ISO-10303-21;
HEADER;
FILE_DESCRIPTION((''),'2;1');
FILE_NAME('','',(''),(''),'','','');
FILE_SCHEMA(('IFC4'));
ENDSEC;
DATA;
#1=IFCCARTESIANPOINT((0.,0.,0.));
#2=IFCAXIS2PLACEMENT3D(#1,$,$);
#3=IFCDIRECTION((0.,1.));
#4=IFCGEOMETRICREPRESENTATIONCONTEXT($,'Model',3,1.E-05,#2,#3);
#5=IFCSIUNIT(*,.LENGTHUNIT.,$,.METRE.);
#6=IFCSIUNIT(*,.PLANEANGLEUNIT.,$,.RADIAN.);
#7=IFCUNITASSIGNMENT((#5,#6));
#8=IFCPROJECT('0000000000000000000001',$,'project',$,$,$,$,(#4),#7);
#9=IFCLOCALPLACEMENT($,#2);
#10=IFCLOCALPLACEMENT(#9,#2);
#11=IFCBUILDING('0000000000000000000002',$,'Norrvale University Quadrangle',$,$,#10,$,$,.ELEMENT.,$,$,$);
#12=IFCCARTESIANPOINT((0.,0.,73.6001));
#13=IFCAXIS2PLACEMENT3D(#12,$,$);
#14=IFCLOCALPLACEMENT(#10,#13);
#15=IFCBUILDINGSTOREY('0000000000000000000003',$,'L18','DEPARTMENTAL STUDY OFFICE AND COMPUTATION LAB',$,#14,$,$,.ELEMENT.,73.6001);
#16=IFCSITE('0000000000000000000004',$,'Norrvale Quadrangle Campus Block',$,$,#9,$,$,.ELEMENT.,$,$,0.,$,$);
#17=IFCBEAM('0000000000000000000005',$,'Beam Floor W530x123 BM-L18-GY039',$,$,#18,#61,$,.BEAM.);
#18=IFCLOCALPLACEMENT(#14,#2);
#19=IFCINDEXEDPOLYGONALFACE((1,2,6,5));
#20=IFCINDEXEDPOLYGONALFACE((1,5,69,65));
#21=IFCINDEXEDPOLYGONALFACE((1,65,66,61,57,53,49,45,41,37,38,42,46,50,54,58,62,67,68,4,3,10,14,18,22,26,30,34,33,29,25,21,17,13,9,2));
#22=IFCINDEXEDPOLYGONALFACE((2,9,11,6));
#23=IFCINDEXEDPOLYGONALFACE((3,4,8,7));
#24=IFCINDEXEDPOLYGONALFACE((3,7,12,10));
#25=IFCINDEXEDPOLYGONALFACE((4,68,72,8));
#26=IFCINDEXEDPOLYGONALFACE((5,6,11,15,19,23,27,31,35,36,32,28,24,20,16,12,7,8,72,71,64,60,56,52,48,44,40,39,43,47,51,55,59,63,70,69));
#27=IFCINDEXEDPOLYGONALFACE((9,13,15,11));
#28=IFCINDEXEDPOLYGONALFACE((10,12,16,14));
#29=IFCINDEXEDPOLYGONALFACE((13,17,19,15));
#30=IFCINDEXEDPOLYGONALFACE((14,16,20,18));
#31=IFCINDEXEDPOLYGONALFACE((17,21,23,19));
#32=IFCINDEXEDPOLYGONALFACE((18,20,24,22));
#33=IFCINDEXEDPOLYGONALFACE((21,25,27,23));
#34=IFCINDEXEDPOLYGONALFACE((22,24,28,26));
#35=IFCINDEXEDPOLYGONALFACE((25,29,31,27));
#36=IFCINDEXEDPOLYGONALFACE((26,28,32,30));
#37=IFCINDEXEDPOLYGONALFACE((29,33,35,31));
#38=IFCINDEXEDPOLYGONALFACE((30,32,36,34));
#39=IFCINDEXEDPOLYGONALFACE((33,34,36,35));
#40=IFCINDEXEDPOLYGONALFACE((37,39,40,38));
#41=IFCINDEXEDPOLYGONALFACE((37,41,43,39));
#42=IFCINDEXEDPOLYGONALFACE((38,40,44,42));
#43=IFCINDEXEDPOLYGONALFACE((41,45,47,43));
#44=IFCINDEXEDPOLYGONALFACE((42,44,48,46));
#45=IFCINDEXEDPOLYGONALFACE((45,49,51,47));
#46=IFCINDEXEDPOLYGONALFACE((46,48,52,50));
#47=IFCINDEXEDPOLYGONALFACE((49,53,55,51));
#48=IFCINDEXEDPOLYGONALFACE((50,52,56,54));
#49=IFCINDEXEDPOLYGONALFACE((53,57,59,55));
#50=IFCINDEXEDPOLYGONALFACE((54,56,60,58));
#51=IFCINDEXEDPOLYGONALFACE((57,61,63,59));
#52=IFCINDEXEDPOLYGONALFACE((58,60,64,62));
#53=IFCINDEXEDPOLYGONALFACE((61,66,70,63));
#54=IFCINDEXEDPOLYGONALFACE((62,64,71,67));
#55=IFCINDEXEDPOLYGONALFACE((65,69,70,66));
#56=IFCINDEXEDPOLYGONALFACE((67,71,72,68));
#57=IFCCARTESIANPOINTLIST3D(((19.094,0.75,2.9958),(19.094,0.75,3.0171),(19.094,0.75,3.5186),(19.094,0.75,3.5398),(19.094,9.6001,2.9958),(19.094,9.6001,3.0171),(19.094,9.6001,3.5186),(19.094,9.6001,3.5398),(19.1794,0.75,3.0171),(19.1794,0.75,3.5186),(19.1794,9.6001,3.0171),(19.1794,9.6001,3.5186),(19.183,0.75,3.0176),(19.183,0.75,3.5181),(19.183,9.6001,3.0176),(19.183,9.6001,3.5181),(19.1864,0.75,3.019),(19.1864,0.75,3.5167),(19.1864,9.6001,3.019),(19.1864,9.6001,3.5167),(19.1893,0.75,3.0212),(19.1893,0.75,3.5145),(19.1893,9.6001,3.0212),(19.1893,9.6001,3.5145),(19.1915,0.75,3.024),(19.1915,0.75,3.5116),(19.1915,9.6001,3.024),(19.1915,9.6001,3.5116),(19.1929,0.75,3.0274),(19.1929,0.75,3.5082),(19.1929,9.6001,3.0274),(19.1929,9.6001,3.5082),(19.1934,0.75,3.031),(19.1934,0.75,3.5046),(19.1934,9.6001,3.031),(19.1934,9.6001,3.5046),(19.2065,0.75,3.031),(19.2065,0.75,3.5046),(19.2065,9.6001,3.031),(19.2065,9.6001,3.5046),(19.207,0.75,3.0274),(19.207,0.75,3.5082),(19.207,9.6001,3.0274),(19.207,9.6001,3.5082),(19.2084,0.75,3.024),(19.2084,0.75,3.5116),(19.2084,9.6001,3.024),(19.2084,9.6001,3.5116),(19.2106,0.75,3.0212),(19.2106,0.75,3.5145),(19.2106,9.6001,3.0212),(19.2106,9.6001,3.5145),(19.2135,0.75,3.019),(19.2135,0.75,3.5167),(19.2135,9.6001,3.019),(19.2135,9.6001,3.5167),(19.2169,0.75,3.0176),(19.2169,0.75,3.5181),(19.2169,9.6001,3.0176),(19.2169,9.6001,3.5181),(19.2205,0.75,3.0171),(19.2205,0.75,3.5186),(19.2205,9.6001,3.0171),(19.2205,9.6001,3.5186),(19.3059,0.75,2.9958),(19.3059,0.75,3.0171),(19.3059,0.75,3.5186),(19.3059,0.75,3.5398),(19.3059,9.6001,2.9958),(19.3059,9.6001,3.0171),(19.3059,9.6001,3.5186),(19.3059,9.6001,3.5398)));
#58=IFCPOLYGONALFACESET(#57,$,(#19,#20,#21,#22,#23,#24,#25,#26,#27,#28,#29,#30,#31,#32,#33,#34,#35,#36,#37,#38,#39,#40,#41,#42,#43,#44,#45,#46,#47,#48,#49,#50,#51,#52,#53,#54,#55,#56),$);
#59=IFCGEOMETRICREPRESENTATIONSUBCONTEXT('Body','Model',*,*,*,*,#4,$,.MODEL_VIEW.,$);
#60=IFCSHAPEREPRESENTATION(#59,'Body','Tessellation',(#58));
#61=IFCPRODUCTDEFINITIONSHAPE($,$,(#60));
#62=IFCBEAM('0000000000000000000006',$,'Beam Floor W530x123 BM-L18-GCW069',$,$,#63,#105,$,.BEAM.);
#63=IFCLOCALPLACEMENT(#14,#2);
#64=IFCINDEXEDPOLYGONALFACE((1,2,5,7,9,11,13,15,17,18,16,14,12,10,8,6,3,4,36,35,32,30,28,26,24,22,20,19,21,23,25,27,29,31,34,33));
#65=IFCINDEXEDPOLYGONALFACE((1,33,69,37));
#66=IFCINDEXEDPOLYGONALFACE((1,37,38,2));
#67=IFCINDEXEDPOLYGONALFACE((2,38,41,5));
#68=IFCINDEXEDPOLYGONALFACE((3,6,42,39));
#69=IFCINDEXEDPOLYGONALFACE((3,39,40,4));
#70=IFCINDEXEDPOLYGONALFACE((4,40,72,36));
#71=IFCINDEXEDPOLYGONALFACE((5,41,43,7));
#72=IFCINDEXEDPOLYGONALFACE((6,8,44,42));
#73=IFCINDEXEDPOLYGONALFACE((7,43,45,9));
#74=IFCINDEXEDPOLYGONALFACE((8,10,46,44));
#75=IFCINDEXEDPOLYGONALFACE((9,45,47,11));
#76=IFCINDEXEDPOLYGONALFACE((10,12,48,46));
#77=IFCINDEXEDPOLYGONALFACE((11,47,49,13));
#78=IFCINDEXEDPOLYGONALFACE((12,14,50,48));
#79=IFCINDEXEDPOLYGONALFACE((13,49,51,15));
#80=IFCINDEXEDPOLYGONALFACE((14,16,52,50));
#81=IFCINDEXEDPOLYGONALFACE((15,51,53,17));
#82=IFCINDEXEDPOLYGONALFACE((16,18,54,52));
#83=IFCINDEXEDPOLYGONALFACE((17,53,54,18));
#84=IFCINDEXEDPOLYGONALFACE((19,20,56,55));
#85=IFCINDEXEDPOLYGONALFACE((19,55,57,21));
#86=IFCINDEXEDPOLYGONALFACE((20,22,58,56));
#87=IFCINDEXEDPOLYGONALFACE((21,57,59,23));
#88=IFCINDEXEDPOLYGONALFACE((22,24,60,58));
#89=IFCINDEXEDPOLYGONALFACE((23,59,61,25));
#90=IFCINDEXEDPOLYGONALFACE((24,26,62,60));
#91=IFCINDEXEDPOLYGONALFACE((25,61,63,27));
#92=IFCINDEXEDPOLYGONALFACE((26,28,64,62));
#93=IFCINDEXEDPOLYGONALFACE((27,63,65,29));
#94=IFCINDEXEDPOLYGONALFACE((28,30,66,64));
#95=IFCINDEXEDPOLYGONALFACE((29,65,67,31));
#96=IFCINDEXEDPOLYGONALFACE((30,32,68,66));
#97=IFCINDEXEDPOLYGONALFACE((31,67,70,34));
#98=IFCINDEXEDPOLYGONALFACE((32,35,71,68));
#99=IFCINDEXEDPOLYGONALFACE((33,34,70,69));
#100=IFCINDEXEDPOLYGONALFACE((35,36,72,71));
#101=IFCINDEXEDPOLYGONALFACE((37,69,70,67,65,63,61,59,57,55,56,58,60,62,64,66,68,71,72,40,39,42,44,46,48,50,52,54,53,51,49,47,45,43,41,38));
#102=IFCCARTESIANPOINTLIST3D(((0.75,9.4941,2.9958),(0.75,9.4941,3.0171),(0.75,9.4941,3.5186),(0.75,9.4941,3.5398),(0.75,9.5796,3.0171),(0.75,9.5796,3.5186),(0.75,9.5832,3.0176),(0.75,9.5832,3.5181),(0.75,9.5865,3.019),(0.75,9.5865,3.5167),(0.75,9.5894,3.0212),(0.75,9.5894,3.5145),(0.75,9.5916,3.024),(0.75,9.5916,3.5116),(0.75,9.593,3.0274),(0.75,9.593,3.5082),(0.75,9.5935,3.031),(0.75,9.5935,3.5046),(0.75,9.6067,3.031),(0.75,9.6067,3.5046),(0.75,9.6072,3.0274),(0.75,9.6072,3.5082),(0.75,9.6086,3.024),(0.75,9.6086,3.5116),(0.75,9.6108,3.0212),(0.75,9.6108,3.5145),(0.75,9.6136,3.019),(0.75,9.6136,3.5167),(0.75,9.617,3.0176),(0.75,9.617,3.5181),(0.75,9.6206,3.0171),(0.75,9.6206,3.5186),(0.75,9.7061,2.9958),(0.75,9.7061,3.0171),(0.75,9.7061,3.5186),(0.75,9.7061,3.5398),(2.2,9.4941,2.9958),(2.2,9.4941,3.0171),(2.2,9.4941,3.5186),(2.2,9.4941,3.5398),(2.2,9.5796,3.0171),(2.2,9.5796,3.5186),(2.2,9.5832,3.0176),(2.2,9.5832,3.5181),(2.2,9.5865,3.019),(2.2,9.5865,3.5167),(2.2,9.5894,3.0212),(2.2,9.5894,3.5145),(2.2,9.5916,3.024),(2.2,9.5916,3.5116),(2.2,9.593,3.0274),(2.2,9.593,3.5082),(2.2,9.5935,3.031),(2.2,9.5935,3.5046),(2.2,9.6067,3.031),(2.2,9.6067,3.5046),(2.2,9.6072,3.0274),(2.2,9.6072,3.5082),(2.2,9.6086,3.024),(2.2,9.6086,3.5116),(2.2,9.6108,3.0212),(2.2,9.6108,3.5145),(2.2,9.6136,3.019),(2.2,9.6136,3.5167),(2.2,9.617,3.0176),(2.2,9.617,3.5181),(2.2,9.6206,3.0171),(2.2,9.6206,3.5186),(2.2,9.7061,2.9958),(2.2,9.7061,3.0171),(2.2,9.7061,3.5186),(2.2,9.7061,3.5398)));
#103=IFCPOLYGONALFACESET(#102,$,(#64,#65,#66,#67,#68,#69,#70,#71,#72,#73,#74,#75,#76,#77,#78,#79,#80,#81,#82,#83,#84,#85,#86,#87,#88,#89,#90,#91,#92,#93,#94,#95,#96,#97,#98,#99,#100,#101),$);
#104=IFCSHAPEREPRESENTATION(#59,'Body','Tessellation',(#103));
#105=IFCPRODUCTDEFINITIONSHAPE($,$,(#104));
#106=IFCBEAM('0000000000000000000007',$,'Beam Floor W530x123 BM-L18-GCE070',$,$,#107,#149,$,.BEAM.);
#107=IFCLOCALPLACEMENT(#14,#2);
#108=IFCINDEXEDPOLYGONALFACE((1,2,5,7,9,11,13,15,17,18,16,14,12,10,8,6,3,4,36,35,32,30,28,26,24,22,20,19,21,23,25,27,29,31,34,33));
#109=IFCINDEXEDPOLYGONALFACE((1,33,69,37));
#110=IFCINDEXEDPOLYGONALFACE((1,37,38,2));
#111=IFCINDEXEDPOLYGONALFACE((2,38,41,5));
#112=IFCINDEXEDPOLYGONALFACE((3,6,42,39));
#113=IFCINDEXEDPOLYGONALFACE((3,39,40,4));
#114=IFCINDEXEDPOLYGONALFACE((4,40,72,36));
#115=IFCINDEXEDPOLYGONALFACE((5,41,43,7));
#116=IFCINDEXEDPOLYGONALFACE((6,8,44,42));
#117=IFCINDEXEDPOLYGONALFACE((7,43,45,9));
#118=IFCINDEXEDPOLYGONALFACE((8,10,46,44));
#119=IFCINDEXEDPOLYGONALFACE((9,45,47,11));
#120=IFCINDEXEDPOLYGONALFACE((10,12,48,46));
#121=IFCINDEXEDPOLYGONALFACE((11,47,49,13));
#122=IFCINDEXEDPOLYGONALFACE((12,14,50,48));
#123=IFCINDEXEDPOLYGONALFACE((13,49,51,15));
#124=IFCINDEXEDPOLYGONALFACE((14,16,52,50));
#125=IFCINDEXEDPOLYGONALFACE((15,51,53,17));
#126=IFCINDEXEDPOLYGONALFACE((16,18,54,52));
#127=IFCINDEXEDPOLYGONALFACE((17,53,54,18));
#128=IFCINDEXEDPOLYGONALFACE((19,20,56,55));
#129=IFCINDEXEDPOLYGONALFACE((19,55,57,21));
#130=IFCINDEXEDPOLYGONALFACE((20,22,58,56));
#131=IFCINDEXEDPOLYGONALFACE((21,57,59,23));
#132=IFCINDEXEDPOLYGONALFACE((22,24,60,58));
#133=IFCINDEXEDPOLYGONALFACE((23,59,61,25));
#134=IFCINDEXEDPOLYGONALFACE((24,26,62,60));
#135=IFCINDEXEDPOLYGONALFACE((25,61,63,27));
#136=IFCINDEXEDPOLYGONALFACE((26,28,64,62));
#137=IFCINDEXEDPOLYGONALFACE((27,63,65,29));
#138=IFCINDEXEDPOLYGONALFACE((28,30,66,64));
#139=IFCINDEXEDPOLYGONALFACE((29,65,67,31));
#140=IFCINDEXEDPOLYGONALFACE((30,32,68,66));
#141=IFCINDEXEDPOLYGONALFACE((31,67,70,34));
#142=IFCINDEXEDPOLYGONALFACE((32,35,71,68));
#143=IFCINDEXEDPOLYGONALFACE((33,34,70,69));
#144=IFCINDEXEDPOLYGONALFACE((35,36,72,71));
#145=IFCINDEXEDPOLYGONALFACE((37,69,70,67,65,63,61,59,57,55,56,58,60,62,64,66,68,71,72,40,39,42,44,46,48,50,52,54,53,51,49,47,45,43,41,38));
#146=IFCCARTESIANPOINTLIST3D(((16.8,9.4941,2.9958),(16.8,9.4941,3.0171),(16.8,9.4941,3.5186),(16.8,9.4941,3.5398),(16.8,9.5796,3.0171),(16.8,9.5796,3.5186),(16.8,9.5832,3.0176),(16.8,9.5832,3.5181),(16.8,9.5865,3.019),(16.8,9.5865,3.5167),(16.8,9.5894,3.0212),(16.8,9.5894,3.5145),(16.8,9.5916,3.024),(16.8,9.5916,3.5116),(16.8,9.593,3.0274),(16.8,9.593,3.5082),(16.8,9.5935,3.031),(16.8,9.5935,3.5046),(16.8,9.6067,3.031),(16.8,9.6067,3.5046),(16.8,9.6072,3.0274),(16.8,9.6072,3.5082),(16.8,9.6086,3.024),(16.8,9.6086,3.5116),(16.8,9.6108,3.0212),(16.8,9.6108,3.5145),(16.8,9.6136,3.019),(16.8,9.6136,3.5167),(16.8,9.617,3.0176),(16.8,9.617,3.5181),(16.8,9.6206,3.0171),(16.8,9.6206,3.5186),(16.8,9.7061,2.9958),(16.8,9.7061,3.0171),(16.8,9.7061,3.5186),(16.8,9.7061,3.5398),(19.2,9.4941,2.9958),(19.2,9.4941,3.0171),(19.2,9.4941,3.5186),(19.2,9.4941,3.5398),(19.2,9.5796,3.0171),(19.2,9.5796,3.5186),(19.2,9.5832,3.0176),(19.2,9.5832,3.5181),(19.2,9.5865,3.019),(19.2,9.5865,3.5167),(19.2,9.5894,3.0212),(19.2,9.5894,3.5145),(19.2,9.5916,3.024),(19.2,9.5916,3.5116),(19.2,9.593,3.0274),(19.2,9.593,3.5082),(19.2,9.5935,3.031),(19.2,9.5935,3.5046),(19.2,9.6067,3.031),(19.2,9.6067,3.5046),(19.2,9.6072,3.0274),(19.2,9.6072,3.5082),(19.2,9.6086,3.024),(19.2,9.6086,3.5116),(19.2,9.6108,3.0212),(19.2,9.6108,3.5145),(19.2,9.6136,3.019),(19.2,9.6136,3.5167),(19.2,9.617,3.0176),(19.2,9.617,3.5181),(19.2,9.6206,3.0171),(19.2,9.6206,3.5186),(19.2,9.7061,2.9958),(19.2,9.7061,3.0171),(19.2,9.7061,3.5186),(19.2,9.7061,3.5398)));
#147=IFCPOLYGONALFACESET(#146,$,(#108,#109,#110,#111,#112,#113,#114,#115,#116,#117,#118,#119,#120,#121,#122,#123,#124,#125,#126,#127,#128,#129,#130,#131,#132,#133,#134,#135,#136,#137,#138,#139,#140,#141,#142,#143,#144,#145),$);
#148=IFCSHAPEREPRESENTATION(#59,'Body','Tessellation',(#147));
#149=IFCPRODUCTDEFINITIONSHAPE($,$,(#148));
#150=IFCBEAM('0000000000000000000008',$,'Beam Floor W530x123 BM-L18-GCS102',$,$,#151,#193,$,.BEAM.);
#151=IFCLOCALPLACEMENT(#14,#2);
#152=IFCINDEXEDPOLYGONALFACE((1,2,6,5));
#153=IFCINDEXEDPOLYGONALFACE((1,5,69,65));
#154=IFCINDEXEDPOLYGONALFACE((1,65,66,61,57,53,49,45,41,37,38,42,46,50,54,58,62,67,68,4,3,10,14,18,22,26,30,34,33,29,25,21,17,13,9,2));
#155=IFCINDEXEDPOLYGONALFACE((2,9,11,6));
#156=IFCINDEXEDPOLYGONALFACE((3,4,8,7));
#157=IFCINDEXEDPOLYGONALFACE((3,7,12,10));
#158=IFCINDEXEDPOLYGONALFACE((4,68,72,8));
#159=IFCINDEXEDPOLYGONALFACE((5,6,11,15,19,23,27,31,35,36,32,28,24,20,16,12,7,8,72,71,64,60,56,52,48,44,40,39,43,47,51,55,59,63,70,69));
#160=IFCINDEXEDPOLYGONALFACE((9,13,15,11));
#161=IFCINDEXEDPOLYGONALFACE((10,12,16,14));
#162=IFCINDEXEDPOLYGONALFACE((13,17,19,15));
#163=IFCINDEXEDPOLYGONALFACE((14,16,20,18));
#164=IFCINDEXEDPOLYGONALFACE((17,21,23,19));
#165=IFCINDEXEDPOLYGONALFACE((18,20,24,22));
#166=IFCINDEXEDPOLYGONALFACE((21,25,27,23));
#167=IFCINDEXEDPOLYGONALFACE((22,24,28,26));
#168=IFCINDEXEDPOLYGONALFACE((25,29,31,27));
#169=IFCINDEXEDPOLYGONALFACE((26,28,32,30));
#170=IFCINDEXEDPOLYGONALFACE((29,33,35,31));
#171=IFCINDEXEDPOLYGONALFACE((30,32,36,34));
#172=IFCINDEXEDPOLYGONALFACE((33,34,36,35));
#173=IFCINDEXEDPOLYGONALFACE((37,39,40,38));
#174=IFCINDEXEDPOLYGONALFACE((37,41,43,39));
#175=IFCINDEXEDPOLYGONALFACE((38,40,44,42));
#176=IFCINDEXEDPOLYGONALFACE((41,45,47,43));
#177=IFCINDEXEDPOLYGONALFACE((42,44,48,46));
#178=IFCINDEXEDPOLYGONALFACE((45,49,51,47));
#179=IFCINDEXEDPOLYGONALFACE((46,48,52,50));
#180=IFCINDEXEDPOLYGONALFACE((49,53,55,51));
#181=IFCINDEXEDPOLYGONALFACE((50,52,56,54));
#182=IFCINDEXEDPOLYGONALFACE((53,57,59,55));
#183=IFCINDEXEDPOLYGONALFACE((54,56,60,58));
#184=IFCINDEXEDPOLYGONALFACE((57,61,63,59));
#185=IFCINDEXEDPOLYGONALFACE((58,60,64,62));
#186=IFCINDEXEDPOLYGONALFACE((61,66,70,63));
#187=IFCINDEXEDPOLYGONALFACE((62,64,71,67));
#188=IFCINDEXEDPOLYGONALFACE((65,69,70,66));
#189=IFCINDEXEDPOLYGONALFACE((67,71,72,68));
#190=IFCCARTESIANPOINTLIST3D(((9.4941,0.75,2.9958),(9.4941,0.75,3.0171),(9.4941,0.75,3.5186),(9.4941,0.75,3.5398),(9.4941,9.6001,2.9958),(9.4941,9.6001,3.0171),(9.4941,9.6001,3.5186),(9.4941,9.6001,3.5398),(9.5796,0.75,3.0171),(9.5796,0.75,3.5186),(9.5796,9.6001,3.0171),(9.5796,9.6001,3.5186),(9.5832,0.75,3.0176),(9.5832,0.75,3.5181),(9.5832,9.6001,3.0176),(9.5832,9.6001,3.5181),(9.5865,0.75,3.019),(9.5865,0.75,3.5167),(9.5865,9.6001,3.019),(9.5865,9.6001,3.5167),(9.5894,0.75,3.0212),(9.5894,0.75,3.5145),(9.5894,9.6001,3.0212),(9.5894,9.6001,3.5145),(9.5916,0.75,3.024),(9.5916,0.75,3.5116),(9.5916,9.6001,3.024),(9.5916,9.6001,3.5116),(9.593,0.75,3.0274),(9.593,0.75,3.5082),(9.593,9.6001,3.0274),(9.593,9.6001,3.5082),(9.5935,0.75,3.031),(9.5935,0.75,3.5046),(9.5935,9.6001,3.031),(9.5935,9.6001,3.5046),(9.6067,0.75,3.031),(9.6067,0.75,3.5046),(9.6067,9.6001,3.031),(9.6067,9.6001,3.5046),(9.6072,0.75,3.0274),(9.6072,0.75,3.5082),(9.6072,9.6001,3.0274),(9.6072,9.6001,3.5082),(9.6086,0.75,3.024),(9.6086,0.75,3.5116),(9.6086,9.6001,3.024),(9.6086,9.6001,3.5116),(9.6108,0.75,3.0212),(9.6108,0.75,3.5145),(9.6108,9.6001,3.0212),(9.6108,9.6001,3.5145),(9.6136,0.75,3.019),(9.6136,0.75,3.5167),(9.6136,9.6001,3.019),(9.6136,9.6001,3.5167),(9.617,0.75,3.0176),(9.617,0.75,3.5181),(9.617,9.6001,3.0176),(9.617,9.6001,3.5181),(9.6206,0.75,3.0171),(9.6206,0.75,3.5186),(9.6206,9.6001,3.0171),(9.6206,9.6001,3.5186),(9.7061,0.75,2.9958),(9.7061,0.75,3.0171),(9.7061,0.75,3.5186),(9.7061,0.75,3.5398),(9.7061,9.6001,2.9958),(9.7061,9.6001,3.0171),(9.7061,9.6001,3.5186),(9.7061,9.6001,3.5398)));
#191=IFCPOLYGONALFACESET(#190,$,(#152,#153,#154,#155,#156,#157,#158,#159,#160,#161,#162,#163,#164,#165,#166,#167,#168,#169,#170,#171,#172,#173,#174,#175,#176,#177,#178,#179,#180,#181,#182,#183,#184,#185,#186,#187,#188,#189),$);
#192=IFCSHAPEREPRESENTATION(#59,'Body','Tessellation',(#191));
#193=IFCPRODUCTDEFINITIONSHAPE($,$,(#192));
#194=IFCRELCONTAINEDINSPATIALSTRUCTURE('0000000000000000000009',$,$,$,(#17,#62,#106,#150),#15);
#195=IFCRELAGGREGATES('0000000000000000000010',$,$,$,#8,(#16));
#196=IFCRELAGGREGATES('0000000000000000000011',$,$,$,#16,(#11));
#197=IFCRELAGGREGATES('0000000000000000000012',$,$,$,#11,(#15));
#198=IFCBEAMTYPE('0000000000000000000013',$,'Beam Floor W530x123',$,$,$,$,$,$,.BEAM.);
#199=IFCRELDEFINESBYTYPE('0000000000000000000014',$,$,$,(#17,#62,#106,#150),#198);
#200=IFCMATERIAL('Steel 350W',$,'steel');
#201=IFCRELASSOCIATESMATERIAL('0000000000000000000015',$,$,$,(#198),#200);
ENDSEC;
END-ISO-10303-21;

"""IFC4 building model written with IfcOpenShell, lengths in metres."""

from ifc_helpers import new_model, si_unit, direction, frame, origin, origin_2d, place, context, subcontext, project, spatial, i_section, extrude, material, material_profile, profile_set, type_object, element, save


model = new_model("IFC4")

# Units and contexts
model_context = context("Model", 3, precision=1e-05, world=origin(), true_north=direction((0.0, 1.0)))
body_context = subcontext(model_context, "Body", "Model", "MODEL_VIEW")
ifc_project = project(units=[si_unit("LENGTHUNIT", "METRE"), si_unit("PLANEANGLEUNIT", "RADIAN")], contexts=[model_context])

# Site, building, storey
site_placement = place(None, origin())
site = spatial("IfcSite", under=ifc_project, at=site_placement, Name="Norrvale Quadrangle Campus Block", CompositionType="ELEMENT", RefElevation=0.0)
building_placement = place(site_placement, origin())
building = spatial("IfcBuilding", under=site, at=building_placement, Name="Norrvale University Quadrangle", CompositionType="ELEMENT")
storey_placement = place(building_placement, frame((0.0, 0.0, 73.6001)))
storey = spatial("IfcBuildingStorey", under=building, at=storey_placement, Name="L18", Description="DEPARTMENTAL STUDY OFFICE AND COMPUTATION LAB", CompositionType="ELEMENT", Elevation=73.6001)

# Beams
ifc_material_1 = material(Name="Steel 350W", Category="steel")
ifc_material_profile_1 = material_profile(ifc_material_1, i_section(OverallWidth=0.2119, OverallDepth=0.5439, WebThickness=0.0132, FlangeThickness=0.0212, FilletRadius=0.0139, at=origin_2d()), Name="Steel 350W")
ifc_profile_set_1 = profile_set([ifc_material_profile_1], Name="Steel 350W")
beam_type_1 = type_object("IfcBeamType", Name="Beam Floor W530x123", PredefinedType="BEAM", material=ifc_profile_set_1)
beam_1_placement = place(storey_placement, frame((19.2, 0.75, 3.2678), z_axis=(0.0, 1.0, 0.0), x_axis=(-1.0, 0.0, 0.0)))
element("IfcBeam", 1, at=beam_1_placement, inside=storey, type_object=beam_type_1, Name="Beam Floor W530x123 BM-L18-GY039", PredefinedType="BEAM", context=body_context, shape_type="SweptSolid", body=[
    extrude(i_section(OverallWidth=0.2119, OverallDepth=0.5439, WebThickness=0.0132, FlangeThickness=0.0212, FilletRadius=0.0139, at=origin_2d()), origin(), (0.0, 0.0, 1.0), 8.8501),
])
beam_2_placement = place(storey_placement, frame((0.75, 9.6001, 3.2678), z_axis=(1.0, 0.0, 0.0), x_axis=(0.0, 1.0, 0.0)))
element("IfcBeam", 2, at=beam_2_placement, inside=storey, type_object=beam_type_1, Name="Beam Floor W530x123 BM-L18-GCW069", PredefinedType="BEAM", context=body_context, shape_type="SweptSolid", body=[
    extrude(i_section(OverallWidth=0.2119, OverallDepth=0.5439, WebThickness=0.0132, FlangeThickness=0.0212, FilletRadius=0.0139, at=origin_2d()), origin(), (0.0, 0.0, 1.0), 1.45),
])
beam_3_placement = place(storey_placement, frame((16.8, 9.6001, 3.2678), z_axis=(1.0, 0.0, 0.0), x_axis=(0.0, 1.0, 0.0)))
element("IfcBeam", 3, at=beam_3_placement, inside=storey, type_object=beam_type_1, Name="Beam Floor W530x123 BM-L18-GCE070", PredefinedType="BEAM", context=body_context, shape_type="SweptSolid", body=[
    extrude(i_section(OverallWidth=0.2119, OverallDepth=0.5439, WebThickness=0.0132, FlangeThickness=0.0212, FilletRadius=0.0139, at=origin_2d()), origin(), (0.0, 0.0, 1.0), 2.3999),
])
beam_4_placement = place(storey_placement, frame((9.6001, 0.75, 3.2678), z_axis=(0.0, 1.0, 0.0), x_axis=(-1.0, 0.0, 0.0)))
element("IfcBeam", 4, at=beam_4_placement, inside=storey, type_object=beam_type_1, Name="Beam Floor W530x123 BM-L18-GCS102", PredefinedType="BEAM", context=body_context, shape_type="SweptSolid", body=[
    extrude(i_section(OverallWidth=0.2119, OverallDepth=0.5439, WebThickness=0.0132, FlangeThickness=0.0212, FilletRadius=0.0139, at=origin_2d()), origin(), (0.0, 0.0, 1.0), 8.8501),
])

save(model, "model.ifc")
